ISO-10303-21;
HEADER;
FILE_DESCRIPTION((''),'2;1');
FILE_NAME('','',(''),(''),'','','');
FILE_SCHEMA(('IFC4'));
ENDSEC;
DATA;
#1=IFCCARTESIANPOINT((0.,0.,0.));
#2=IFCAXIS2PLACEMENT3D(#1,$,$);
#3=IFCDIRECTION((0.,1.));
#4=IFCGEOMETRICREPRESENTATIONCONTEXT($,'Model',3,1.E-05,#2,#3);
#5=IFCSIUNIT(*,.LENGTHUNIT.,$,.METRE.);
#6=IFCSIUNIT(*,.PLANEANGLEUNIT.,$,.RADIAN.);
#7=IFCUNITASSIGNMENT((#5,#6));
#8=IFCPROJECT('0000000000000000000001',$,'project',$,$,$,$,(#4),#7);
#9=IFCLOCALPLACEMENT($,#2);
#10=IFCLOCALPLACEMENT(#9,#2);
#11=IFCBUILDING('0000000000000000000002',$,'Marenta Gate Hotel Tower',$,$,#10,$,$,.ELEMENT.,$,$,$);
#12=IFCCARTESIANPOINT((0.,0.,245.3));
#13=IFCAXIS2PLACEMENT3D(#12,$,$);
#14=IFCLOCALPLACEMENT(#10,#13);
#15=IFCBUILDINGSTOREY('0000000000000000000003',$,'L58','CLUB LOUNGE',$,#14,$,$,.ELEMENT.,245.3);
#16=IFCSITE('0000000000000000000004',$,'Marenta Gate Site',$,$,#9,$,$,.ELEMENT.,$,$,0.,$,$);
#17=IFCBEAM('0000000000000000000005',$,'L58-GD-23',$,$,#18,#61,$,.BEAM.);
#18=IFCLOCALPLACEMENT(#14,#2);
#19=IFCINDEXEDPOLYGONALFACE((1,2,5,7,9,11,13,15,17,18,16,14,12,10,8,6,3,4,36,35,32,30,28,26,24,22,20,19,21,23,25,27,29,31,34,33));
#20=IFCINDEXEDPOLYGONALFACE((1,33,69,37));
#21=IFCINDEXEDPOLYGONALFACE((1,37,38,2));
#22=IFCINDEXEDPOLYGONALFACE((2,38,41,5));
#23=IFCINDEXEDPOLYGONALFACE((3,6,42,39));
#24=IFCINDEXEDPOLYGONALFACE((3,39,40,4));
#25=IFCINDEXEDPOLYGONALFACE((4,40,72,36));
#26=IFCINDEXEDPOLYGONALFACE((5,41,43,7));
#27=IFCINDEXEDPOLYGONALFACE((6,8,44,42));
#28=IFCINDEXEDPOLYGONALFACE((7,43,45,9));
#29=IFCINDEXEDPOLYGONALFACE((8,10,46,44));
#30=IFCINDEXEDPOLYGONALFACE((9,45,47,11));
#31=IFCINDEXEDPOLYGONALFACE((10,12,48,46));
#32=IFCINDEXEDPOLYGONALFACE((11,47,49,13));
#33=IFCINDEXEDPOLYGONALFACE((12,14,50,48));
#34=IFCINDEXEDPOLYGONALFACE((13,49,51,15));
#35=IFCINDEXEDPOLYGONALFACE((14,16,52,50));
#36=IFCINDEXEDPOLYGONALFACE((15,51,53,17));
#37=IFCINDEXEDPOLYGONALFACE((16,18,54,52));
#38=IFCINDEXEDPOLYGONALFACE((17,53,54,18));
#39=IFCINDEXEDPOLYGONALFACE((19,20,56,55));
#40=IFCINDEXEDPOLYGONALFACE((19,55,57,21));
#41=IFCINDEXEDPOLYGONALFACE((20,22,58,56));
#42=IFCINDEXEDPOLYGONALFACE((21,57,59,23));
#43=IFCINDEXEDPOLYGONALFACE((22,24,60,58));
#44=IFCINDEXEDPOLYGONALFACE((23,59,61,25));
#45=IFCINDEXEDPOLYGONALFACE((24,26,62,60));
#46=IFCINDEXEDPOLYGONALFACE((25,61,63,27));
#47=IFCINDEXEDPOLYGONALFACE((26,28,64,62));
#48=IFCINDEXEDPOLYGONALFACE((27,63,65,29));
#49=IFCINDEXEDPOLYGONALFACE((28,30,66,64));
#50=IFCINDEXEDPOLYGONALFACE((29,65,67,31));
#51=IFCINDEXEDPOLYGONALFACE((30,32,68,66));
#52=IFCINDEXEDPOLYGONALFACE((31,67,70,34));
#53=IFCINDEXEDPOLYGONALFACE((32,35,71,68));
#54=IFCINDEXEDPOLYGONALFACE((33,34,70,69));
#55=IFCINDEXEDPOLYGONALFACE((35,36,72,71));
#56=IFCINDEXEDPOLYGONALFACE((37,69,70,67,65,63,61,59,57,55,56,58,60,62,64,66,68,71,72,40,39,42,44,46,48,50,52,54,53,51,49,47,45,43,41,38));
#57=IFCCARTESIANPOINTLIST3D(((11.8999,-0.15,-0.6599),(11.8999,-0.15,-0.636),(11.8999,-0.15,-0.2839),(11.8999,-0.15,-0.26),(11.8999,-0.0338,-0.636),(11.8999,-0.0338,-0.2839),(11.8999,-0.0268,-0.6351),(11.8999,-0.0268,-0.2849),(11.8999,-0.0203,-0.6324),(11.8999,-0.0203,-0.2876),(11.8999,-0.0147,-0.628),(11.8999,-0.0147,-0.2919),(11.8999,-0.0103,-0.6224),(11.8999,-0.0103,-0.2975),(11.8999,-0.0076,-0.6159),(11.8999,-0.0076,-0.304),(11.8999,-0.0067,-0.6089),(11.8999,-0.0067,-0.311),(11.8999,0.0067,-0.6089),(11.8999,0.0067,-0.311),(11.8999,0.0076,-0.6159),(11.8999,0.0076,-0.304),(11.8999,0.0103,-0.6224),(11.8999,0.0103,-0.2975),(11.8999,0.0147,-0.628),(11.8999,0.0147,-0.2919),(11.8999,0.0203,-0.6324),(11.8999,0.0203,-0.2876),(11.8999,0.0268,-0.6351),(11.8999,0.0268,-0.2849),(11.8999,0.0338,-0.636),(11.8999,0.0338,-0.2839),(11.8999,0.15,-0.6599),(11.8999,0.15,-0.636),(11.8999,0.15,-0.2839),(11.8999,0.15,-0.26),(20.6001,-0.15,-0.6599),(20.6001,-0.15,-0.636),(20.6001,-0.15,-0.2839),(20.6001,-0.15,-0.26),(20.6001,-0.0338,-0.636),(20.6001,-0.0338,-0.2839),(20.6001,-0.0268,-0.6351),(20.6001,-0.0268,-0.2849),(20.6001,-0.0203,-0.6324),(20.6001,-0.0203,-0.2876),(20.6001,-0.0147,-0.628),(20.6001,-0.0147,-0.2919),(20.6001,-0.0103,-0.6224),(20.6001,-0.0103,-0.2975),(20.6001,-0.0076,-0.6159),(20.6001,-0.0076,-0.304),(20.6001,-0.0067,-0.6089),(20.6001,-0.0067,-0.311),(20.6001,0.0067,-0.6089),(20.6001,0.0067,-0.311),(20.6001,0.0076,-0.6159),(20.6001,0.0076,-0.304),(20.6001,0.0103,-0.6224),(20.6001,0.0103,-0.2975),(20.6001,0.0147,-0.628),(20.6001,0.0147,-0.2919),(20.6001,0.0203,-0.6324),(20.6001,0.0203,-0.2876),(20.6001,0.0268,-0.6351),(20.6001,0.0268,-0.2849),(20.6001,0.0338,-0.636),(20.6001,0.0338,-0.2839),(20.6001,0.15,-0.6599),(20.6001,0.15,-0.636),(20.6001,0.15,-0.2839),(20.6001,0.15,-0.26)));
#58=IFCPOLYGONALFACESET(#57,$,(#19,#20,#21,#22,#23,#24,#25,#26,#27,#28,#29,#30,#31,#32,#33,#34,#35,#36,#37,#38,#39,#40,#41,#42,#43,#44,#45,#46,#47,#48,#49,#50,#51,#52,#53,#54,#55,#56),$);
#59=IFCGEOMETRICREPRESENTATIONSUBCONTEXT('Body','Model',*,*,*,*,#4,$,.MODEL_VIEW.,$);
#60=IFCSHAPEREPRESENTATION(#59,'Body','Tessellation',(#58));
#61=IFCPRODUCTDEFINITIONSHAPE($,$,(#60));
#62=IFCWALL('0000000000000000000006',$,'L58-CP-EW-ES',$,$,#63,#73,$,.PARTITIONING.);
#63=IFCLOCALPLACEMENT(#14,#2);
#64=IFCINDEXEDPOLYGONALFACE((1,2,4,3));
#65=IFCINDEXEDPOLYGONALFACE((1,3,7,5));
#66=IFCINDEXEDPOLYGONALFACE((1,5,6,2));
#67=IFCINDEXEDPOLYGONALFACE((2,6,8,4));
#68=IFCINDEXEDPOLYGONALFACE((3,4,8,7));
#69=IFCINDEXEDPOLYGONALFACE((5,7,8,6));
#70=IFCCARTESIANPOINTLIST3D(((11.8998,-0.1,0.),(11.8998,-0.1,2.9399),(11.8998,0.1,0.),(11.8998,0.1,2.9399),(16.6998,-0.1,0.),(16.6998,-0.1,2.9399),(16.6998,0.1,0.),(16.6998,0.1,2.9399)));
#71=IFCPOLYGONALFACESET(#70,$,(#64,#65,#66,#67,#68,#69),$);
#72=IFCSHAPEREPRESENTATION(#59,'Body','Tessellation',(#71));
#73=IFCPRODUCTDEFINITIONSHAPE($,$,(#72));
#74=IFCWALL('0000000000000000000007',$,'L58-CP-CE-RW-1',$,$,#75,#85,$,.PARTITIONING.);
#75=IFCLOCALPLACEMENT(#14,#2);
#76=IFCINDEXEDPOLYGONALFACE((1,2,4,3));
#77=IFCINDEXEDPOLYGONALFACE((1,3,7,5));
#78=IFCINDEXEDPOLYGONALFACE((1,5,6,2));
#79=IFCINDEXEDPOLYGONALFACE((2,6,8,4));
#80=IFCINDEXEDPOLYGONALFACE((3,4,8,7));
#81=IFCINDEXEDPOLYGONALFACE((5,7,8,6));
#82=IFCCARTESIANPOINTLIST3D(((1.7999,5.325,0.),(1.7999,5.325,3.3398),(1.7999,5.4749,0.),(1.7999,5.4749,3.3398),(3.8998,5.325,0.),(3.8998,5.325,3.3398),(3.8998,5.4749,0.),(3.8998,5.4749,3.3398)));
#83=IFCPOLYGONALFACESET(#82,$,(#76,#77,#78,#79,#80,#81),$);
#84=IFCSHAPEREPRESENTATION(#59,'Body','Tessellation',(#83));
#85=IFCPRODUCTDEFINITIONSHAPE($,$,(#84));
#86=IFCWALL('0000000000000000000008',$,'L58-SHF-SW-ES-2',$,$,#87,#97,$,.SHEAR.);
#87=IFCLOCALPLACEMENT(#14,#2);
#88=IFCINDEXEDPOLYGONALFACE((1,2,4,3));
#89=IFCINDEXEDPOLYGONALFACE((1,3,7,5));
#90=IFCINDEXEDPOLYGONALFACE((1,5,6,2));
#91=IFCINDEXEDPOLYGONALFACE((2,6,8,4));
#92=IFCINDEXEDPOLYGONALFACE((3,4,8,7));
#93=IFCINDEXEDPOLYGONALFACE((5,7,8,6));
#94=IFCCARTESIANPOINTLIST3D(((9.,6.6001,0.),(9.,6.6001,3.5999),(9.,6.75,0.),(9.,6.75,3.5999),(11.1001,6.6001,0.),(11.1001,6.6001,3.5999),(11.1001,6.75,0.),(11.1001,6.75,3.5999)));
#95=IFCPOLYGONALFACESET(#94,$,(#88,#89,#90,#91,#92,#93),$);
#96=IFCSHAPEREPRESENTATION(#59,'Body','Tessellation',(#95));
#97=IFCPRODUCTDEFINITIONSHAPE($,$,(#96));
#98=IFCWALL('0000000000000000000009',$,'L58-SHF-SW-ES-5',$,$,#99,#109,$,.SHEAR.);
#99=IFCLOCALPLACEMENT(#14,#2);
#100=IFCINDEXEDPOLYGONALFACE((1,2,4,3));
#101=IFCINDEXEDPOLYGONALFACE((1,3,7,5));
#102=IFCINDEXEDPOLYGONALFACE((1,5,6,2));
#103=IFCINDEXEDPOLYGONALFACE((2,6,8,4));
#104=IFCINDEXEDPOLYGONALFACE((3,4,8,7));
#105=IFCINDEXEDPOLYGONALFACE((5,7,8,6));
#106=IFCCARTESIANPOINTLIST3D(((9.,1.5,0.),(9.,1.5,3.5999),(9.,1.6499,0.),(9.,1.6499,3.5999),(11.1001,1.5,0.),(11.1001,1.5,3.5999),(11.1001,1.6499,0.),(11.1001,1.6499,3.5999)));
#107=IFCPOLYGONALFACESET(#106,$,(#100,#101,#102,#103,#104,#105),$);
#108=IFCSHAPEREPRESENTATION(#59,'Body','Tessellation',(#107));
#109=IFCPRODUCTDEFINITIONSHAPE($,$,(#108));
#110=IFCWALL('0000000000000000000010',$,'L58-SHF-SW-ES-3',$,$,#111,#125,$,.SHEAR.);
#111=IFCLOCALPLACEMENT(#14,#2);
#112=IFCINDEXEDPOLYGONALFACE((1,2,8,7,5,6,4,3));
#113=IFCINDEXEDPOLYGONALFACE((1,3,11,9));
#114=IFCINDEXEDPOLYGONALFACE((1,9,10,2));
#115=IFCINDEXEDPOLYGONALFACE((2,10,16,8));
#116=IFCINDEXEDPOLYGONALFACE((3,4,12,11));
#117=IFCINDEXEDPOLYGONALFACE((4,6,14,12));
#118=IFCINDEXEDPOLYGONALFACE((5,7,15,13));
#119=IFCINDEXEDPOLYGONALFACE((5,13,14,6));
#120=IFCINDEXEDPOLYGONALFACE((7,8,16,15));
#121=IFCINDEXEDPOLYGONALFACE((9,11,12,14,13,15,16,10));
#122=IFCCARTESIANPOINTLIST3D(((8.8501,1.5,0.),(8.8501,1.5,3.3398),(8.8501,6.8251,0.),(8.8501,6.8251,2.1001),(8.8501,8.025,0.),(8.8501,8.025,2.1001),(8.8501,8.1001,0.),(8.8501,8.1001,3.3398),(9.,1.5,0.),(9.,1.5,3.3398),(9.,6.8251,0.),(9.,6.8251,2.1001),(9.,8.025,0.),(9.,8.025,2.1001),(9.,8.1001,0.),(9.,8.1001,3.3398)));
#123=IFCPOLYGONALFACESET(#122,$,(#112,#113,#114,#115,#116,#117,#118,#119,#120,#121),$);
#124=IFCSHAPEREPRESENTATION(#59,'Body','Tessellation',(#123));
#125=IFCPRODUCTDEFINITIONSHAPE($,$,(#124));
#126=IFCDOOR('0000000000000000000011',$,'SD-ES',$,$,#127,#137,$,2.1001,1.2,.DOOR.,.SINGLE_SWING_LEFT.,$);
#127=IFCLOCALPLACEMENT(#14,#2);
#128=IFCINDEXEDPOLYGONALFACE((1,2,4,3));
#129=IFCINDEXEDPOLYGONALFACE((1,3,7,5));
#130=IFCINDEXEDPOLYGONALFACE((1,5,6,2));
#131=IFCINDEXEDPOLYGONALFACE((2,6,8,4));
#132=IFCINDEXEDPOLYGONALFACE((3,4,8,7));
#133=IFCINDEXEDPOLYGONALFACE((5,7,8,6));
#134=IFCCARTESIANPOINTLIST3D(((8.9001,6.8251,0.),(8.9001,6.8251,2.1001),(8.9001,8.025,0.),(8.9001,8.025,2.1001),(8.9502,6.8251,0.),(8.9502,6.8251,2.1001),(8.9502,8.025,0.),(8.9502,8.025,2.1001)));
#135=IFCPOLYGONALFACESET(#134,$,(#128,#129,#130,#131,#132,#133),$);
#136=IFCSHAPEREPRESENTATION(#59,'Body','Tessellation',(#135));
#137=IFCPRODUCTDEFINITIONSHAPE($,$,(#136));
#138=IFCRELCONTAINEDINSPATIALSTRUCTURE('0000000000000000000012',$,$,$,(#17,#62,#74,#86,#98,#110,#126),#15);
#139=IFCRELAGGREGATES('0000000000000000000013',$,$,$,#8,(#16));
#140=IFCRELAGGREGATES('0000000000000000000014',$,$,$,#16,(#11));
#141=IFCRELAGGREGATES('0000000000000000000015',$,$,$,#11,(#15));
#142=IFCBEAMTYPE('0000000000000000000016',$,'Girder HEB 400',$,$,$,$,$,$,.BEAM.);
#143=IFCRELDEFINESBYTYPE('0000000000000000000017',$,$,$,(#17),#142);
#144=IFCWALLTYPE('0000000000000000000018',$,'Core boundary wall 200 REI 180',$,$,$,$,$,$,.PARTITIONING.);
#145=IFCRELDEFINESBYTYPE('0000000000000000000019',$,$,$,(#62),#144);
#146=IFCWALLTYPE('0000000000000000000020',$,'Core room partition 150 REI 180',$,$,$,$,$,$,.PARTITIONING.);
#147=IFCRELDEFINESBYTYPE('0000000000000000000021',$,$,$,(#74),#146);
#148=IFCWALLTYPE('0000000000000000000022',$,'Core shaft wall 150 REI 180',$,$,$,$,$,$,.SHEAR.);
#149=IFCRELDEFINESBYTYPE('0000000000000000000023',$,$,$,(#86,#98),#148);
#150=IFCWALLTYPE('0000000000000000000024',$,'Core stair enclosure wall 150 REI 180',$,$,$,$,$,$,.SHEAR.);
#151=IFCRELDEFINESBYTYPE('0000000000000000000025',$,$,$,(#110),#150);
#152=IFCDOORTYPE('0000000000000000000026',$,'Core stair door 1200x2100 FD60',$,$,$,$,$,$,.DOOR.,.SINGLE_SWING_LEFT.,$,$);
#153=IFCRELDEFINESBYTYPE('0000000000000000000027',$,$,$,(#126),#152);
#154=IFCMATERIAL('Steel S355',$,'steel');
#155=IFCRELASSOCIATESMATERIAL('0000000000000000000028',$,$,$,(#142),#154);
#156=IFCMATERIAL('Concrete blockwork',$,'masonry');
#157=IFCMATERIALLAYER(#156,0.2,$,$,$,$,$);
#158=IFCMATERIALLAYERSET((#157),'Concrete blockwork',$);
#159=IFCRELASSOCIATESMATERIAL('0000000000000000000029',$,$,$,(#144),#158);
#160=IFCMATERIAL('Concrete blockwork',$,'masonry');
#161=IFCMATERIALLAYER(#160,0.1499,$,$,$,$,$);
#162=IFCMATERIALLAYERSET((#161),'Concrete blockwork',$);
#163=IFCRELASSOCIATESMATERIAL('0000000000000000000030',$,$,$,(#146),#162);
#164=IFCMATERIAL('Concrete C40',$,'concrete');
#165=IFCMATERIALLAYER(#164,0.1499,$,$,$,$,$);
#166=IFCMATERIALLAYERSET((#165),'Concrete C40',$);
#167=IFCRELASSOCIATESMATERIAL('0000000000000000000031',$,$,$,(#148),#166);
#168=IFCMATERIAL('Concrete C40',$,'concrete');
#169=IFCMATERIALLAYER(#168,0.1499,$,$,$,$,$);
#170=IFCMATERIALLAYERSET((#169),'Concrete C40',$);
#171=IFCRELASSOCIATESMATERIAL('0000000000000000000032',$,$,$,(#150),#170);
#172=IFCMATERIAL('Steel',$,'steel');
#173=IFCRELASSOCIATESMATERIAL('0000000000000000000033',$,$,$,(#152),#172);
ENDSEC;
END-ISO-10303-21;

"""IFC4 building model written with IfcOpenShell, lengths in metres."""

from ifc_helpers import new_model, si_unit, direction, frame, frame_2d, origin, origin_2d, place, context, subcontext, project, spatial, rectangle, i_section, extrude, material, layer, layer_set, material_profile, profile_set, type_object, element, fill, save


model = new_model("IFC4")

# Units and contexts
model_context = context("Model", 3, precision=1e-05, world=origin(), true_north=direction((0.0, 1.0)))
body_context = subcontext(model_context, "Body", "Model", "MODEL_VIEW")
ifc_project = project(units=[si_unit("LENGTHUNIT", "METRE"), si_unit("PLANEANGLEUNIT", "RADIAN")], contexts=[model_context])

# Site, building, storey
site_placement = place(None, origin())
site = spatial("IfcSite", under=ifc_project, at=site_placement, Name="Marenta Gate Site", CompositionType="ELEMENT", RefElevation=0.0)
building_placement = place(site_placement, origin())
building = spatial("IfcBuilding", under=site, at=building_placement, Name="Marenta Gate Hotel Tower", CompositionType="ELEMENT")
storey_placement = place(building_placement, frame((0.0, 0.0, 245.3)))
storey = spatial("IfcBuildingStorey", under=building, at=storey_placement, Name="L58", Description="CLUB LOUNGE", CompositionType="ELEMENT", Elevation=245.3)

# Beam
ifc_material_1 = material(Name="Steel S355", Category="steel")
ifc_material_profile = material_profile(ifc_material_1, i_section(OverallWidth=0.3, OverallDepth=0.3999, WebThickness=0.0134, FlangeThickness=0.0239, FilletRadius=0.0271, at=origin_2d()), Name="HEB 400")
ifc_profile_set = profile_set([ifc_material_profile], Name="Steel S355")
beam_type = type_object("IfcBeamType", Name="Girder HEB 400", PredefinedType="BEAM", material=ifc_profile_set)
beam_placement = place(storey_placement, frame((11.8999, 0.0, -0.46), z_axis=(1.0, 0.0, 0.0), x_axis=(0.0, 1.0, 0.0)))
element("IfcBeam", 1, at=beam_placement, inside=storey, type_object=beam_type, Name="L58-GD-23", PredefinedType="BEAM", context=body_context, shape_type="SweptSolid", body=[
    extrude(i_section(OverallWidth=0.3, OverallDepth=0.3999, WebThickness=0.0134, FlangeThickness=0.0239, FilletRadius=0.0271, at=origin_2d()), origin(), (0.0, 0.0, 1.0), 8.7002),
])

# Shared definitions
ifc_material_2 = material(Name="Concrete blockwork", Category="masonry")
ifc_layer_1 = layer(ifc_material_2, 0.2)
ifc_layer_set_1 = layer_set([ifc_layer_1], Name="Concrete blockwork")
wall_type_1 = type_object("IfcWallType", Name="Core boundary wall 200 REI 180", PredefinedType="PARTITIONING", material=ifc_layer_set_1)

# Walls
wall_1_placement = place(storey_placement, frame((11.8999, 0.0, 0.0), z_axis=(0.0, 0.0, 1.0), x_axis=(1.0, 0.0, 0.0)))
element("IfcWall", 2, at=wall_1_placement, inside=storey, type_object=wall_type_1, Name="L58-CP-EW-ES", PredefinedType="PARTITIONING", context=body_context, shape_type="SweptSolid", body=[
    extrude(rectangle(XDim=4.8, YDim=0.2, at=frame_2d((2.3999, 0.0))), origin(), (0.0, 0.0, 1.0), 2.9399),
])
ifc_material_3 = material(Name="Concrete blockwork", Category="masonry")
ifc_layer_2 = layer(ifc_material_3, 0.1499)
ifc_layer_set_2 = layer_set([ifc_layer_2], Name="Concrete blockwork")
wall_type_2 = type_object("IfcWallType", Name="Core room partition 150 REI 180", PredefinedType="PARTITIONING", material=ifc_layer_set_2)
wall_2_placement = place(storey_placement, frame((1.8, 5.3999, 0.0), z_axis=(0.0, 0.0, 1.0), x_axis=(1.0, 0.0, 0.0)))
element("IfcWall", 3, at=wall_2_placement, inside=storey, type_object=wall_type_2, Name="L58-CP-CE-RW-1", PredefinedType="PARTITIONING", context=body_context, shape_type="SweptSolid", body=[
    extrude(rectangle(XDim=2.0999, YDim=0.1499, at=frame_2d((1.0498, 0.0))), origin(), (0.0, 0.0, 1.0), 3.3398),
])
ifc_material_4 = material(Name="Concrete C40", Category="concrete")
ifc_layer_3 = layer(ifc_material_4, 0.1499)
ifc_layer_set_3 = layer_set([ifc_layer_3], Name="Concrete C40")
wall_type_3 = type_object("IfcWallType", Name="Core shaft wall 150 REI 180", PredefinedType="SHEAR", material=ifc_layer_set_3)
for number, where, z_axis, x_axis, name in (
    (4, (9.0, 6.675, 0.0), (0.0, 0.0, 1.0), (1.0, 0.0, 0.0), "L58-SHF-SW-ES-2"),
    (5, (9.0, 1.575, 0.0), (0.0, 0.0, 1.0), (1.0, 0.0, 0.0), "L58-SHF-SW-ES-5"),
):
    element("IfcWall", number, at=place(storey_placement, frame(where, z_axis=z_axis, x_axis=x_axis)), inside=storey, type_object=wall_type_3, Name=name, PredefinedType="SHEAR", context=body_context, shape_type="SweptSolid", body=[
        extrude(rectangle(XDim=2.1001, YDim=0.1499, at=frame_2d((1.05, 0.0))), origin(), (0.0, 0.0, 1.0), 3.5999),
    ])

# Wall, opening, door
ifc_material_5 = material(Name="Concrete C40", Category="concrete")
ifc_layer_4 = layer(ifc_material_5, 0.1499)
ifc_layer_set_4 = layer_set([ifc_layer_4], Name="Concrete C40")
wall_type_4 = type_object("IfcWallType", Name="Core stair enclosure wall 150 REI 180", PredefinedType="SHEAR", material=ifc_layer_set_4)
wall_3_placement = place(storey_placement, frame((8.925, 1.5, 0.0), z_axis=(0.0, 0.0, 1.0), x_axis=(0.0, 1.0, 0.0)))
wall_3 = element("IfcWall", 6, at=wall_3_placement, inside=storey, type_object=wall_type_4, Name="L58-SHF-SW-ES-3", PredefinedType="SHEAR", context=body_context, shape_type="SweptSolid", body=[
    extrude(rectangle(XDim=6.6001, YDim=0.1499, at=frame_2d((3.3, 0.0))), origin(), (0.0, 0.0, 1.0), 3.3398),
])
opening_1_placement = place(wall_3_placement, frame((5.325, 0.0, 0.0)))
opening_1 = element("IfcOpeningElement", 7, at=opening_1_placement, cuts=wall_3, PredefinedType="OPENING", context=body_context, shape_type="SweptSolid", body=[
    extrude(rectangle(XDim=1.2, YDim=2.1001, at=frame_2d((0.6001, 1.05))), frame((0.0, 0.075, 0.0), z_axis=(0.0, -1.0, 0.0), x_axis=(1.0, 0.0, 0.0)), (0.0, 0.0, 1.0), 0.1499),
])
ifc_material_6 = material(Name="Steel", Category="steel")
door_type_1 = type_object("IfcDoorType", Name="Core stair door 1200x2100 FD60", OperationType="SINGLE_SWING_LEFT", PredefinedType="DOOR", material=ifc_material_6)
door_1_placement = place(opening_1_placement, origin())
door_1 = element("IfcDoor", 8, at=door_1_placement, inside=storey, type_object=door_type_1, Name="SD-ES", OperationType="SINGLE_SWING_LEFT", OverallHeight=2.1001, OverallWidth=1.2, PredefinedType="DOOR", context=body_context, shape_type="SweptSolid", body=[
    extrude(rectangle(XDim=1.2, YDim=2.1001, at=frame_2d((0.6001, 1.05))), frame((0.0, 0.0249, 0.0), z_axis=(0.0, -1.0, 0.0), x_axis=(1.0, 0.0, 0.0)), (0.0, 0.0, 1.0), 0.05),
])
fill(opening_1, door_1)

save(model, "model.ifc")
